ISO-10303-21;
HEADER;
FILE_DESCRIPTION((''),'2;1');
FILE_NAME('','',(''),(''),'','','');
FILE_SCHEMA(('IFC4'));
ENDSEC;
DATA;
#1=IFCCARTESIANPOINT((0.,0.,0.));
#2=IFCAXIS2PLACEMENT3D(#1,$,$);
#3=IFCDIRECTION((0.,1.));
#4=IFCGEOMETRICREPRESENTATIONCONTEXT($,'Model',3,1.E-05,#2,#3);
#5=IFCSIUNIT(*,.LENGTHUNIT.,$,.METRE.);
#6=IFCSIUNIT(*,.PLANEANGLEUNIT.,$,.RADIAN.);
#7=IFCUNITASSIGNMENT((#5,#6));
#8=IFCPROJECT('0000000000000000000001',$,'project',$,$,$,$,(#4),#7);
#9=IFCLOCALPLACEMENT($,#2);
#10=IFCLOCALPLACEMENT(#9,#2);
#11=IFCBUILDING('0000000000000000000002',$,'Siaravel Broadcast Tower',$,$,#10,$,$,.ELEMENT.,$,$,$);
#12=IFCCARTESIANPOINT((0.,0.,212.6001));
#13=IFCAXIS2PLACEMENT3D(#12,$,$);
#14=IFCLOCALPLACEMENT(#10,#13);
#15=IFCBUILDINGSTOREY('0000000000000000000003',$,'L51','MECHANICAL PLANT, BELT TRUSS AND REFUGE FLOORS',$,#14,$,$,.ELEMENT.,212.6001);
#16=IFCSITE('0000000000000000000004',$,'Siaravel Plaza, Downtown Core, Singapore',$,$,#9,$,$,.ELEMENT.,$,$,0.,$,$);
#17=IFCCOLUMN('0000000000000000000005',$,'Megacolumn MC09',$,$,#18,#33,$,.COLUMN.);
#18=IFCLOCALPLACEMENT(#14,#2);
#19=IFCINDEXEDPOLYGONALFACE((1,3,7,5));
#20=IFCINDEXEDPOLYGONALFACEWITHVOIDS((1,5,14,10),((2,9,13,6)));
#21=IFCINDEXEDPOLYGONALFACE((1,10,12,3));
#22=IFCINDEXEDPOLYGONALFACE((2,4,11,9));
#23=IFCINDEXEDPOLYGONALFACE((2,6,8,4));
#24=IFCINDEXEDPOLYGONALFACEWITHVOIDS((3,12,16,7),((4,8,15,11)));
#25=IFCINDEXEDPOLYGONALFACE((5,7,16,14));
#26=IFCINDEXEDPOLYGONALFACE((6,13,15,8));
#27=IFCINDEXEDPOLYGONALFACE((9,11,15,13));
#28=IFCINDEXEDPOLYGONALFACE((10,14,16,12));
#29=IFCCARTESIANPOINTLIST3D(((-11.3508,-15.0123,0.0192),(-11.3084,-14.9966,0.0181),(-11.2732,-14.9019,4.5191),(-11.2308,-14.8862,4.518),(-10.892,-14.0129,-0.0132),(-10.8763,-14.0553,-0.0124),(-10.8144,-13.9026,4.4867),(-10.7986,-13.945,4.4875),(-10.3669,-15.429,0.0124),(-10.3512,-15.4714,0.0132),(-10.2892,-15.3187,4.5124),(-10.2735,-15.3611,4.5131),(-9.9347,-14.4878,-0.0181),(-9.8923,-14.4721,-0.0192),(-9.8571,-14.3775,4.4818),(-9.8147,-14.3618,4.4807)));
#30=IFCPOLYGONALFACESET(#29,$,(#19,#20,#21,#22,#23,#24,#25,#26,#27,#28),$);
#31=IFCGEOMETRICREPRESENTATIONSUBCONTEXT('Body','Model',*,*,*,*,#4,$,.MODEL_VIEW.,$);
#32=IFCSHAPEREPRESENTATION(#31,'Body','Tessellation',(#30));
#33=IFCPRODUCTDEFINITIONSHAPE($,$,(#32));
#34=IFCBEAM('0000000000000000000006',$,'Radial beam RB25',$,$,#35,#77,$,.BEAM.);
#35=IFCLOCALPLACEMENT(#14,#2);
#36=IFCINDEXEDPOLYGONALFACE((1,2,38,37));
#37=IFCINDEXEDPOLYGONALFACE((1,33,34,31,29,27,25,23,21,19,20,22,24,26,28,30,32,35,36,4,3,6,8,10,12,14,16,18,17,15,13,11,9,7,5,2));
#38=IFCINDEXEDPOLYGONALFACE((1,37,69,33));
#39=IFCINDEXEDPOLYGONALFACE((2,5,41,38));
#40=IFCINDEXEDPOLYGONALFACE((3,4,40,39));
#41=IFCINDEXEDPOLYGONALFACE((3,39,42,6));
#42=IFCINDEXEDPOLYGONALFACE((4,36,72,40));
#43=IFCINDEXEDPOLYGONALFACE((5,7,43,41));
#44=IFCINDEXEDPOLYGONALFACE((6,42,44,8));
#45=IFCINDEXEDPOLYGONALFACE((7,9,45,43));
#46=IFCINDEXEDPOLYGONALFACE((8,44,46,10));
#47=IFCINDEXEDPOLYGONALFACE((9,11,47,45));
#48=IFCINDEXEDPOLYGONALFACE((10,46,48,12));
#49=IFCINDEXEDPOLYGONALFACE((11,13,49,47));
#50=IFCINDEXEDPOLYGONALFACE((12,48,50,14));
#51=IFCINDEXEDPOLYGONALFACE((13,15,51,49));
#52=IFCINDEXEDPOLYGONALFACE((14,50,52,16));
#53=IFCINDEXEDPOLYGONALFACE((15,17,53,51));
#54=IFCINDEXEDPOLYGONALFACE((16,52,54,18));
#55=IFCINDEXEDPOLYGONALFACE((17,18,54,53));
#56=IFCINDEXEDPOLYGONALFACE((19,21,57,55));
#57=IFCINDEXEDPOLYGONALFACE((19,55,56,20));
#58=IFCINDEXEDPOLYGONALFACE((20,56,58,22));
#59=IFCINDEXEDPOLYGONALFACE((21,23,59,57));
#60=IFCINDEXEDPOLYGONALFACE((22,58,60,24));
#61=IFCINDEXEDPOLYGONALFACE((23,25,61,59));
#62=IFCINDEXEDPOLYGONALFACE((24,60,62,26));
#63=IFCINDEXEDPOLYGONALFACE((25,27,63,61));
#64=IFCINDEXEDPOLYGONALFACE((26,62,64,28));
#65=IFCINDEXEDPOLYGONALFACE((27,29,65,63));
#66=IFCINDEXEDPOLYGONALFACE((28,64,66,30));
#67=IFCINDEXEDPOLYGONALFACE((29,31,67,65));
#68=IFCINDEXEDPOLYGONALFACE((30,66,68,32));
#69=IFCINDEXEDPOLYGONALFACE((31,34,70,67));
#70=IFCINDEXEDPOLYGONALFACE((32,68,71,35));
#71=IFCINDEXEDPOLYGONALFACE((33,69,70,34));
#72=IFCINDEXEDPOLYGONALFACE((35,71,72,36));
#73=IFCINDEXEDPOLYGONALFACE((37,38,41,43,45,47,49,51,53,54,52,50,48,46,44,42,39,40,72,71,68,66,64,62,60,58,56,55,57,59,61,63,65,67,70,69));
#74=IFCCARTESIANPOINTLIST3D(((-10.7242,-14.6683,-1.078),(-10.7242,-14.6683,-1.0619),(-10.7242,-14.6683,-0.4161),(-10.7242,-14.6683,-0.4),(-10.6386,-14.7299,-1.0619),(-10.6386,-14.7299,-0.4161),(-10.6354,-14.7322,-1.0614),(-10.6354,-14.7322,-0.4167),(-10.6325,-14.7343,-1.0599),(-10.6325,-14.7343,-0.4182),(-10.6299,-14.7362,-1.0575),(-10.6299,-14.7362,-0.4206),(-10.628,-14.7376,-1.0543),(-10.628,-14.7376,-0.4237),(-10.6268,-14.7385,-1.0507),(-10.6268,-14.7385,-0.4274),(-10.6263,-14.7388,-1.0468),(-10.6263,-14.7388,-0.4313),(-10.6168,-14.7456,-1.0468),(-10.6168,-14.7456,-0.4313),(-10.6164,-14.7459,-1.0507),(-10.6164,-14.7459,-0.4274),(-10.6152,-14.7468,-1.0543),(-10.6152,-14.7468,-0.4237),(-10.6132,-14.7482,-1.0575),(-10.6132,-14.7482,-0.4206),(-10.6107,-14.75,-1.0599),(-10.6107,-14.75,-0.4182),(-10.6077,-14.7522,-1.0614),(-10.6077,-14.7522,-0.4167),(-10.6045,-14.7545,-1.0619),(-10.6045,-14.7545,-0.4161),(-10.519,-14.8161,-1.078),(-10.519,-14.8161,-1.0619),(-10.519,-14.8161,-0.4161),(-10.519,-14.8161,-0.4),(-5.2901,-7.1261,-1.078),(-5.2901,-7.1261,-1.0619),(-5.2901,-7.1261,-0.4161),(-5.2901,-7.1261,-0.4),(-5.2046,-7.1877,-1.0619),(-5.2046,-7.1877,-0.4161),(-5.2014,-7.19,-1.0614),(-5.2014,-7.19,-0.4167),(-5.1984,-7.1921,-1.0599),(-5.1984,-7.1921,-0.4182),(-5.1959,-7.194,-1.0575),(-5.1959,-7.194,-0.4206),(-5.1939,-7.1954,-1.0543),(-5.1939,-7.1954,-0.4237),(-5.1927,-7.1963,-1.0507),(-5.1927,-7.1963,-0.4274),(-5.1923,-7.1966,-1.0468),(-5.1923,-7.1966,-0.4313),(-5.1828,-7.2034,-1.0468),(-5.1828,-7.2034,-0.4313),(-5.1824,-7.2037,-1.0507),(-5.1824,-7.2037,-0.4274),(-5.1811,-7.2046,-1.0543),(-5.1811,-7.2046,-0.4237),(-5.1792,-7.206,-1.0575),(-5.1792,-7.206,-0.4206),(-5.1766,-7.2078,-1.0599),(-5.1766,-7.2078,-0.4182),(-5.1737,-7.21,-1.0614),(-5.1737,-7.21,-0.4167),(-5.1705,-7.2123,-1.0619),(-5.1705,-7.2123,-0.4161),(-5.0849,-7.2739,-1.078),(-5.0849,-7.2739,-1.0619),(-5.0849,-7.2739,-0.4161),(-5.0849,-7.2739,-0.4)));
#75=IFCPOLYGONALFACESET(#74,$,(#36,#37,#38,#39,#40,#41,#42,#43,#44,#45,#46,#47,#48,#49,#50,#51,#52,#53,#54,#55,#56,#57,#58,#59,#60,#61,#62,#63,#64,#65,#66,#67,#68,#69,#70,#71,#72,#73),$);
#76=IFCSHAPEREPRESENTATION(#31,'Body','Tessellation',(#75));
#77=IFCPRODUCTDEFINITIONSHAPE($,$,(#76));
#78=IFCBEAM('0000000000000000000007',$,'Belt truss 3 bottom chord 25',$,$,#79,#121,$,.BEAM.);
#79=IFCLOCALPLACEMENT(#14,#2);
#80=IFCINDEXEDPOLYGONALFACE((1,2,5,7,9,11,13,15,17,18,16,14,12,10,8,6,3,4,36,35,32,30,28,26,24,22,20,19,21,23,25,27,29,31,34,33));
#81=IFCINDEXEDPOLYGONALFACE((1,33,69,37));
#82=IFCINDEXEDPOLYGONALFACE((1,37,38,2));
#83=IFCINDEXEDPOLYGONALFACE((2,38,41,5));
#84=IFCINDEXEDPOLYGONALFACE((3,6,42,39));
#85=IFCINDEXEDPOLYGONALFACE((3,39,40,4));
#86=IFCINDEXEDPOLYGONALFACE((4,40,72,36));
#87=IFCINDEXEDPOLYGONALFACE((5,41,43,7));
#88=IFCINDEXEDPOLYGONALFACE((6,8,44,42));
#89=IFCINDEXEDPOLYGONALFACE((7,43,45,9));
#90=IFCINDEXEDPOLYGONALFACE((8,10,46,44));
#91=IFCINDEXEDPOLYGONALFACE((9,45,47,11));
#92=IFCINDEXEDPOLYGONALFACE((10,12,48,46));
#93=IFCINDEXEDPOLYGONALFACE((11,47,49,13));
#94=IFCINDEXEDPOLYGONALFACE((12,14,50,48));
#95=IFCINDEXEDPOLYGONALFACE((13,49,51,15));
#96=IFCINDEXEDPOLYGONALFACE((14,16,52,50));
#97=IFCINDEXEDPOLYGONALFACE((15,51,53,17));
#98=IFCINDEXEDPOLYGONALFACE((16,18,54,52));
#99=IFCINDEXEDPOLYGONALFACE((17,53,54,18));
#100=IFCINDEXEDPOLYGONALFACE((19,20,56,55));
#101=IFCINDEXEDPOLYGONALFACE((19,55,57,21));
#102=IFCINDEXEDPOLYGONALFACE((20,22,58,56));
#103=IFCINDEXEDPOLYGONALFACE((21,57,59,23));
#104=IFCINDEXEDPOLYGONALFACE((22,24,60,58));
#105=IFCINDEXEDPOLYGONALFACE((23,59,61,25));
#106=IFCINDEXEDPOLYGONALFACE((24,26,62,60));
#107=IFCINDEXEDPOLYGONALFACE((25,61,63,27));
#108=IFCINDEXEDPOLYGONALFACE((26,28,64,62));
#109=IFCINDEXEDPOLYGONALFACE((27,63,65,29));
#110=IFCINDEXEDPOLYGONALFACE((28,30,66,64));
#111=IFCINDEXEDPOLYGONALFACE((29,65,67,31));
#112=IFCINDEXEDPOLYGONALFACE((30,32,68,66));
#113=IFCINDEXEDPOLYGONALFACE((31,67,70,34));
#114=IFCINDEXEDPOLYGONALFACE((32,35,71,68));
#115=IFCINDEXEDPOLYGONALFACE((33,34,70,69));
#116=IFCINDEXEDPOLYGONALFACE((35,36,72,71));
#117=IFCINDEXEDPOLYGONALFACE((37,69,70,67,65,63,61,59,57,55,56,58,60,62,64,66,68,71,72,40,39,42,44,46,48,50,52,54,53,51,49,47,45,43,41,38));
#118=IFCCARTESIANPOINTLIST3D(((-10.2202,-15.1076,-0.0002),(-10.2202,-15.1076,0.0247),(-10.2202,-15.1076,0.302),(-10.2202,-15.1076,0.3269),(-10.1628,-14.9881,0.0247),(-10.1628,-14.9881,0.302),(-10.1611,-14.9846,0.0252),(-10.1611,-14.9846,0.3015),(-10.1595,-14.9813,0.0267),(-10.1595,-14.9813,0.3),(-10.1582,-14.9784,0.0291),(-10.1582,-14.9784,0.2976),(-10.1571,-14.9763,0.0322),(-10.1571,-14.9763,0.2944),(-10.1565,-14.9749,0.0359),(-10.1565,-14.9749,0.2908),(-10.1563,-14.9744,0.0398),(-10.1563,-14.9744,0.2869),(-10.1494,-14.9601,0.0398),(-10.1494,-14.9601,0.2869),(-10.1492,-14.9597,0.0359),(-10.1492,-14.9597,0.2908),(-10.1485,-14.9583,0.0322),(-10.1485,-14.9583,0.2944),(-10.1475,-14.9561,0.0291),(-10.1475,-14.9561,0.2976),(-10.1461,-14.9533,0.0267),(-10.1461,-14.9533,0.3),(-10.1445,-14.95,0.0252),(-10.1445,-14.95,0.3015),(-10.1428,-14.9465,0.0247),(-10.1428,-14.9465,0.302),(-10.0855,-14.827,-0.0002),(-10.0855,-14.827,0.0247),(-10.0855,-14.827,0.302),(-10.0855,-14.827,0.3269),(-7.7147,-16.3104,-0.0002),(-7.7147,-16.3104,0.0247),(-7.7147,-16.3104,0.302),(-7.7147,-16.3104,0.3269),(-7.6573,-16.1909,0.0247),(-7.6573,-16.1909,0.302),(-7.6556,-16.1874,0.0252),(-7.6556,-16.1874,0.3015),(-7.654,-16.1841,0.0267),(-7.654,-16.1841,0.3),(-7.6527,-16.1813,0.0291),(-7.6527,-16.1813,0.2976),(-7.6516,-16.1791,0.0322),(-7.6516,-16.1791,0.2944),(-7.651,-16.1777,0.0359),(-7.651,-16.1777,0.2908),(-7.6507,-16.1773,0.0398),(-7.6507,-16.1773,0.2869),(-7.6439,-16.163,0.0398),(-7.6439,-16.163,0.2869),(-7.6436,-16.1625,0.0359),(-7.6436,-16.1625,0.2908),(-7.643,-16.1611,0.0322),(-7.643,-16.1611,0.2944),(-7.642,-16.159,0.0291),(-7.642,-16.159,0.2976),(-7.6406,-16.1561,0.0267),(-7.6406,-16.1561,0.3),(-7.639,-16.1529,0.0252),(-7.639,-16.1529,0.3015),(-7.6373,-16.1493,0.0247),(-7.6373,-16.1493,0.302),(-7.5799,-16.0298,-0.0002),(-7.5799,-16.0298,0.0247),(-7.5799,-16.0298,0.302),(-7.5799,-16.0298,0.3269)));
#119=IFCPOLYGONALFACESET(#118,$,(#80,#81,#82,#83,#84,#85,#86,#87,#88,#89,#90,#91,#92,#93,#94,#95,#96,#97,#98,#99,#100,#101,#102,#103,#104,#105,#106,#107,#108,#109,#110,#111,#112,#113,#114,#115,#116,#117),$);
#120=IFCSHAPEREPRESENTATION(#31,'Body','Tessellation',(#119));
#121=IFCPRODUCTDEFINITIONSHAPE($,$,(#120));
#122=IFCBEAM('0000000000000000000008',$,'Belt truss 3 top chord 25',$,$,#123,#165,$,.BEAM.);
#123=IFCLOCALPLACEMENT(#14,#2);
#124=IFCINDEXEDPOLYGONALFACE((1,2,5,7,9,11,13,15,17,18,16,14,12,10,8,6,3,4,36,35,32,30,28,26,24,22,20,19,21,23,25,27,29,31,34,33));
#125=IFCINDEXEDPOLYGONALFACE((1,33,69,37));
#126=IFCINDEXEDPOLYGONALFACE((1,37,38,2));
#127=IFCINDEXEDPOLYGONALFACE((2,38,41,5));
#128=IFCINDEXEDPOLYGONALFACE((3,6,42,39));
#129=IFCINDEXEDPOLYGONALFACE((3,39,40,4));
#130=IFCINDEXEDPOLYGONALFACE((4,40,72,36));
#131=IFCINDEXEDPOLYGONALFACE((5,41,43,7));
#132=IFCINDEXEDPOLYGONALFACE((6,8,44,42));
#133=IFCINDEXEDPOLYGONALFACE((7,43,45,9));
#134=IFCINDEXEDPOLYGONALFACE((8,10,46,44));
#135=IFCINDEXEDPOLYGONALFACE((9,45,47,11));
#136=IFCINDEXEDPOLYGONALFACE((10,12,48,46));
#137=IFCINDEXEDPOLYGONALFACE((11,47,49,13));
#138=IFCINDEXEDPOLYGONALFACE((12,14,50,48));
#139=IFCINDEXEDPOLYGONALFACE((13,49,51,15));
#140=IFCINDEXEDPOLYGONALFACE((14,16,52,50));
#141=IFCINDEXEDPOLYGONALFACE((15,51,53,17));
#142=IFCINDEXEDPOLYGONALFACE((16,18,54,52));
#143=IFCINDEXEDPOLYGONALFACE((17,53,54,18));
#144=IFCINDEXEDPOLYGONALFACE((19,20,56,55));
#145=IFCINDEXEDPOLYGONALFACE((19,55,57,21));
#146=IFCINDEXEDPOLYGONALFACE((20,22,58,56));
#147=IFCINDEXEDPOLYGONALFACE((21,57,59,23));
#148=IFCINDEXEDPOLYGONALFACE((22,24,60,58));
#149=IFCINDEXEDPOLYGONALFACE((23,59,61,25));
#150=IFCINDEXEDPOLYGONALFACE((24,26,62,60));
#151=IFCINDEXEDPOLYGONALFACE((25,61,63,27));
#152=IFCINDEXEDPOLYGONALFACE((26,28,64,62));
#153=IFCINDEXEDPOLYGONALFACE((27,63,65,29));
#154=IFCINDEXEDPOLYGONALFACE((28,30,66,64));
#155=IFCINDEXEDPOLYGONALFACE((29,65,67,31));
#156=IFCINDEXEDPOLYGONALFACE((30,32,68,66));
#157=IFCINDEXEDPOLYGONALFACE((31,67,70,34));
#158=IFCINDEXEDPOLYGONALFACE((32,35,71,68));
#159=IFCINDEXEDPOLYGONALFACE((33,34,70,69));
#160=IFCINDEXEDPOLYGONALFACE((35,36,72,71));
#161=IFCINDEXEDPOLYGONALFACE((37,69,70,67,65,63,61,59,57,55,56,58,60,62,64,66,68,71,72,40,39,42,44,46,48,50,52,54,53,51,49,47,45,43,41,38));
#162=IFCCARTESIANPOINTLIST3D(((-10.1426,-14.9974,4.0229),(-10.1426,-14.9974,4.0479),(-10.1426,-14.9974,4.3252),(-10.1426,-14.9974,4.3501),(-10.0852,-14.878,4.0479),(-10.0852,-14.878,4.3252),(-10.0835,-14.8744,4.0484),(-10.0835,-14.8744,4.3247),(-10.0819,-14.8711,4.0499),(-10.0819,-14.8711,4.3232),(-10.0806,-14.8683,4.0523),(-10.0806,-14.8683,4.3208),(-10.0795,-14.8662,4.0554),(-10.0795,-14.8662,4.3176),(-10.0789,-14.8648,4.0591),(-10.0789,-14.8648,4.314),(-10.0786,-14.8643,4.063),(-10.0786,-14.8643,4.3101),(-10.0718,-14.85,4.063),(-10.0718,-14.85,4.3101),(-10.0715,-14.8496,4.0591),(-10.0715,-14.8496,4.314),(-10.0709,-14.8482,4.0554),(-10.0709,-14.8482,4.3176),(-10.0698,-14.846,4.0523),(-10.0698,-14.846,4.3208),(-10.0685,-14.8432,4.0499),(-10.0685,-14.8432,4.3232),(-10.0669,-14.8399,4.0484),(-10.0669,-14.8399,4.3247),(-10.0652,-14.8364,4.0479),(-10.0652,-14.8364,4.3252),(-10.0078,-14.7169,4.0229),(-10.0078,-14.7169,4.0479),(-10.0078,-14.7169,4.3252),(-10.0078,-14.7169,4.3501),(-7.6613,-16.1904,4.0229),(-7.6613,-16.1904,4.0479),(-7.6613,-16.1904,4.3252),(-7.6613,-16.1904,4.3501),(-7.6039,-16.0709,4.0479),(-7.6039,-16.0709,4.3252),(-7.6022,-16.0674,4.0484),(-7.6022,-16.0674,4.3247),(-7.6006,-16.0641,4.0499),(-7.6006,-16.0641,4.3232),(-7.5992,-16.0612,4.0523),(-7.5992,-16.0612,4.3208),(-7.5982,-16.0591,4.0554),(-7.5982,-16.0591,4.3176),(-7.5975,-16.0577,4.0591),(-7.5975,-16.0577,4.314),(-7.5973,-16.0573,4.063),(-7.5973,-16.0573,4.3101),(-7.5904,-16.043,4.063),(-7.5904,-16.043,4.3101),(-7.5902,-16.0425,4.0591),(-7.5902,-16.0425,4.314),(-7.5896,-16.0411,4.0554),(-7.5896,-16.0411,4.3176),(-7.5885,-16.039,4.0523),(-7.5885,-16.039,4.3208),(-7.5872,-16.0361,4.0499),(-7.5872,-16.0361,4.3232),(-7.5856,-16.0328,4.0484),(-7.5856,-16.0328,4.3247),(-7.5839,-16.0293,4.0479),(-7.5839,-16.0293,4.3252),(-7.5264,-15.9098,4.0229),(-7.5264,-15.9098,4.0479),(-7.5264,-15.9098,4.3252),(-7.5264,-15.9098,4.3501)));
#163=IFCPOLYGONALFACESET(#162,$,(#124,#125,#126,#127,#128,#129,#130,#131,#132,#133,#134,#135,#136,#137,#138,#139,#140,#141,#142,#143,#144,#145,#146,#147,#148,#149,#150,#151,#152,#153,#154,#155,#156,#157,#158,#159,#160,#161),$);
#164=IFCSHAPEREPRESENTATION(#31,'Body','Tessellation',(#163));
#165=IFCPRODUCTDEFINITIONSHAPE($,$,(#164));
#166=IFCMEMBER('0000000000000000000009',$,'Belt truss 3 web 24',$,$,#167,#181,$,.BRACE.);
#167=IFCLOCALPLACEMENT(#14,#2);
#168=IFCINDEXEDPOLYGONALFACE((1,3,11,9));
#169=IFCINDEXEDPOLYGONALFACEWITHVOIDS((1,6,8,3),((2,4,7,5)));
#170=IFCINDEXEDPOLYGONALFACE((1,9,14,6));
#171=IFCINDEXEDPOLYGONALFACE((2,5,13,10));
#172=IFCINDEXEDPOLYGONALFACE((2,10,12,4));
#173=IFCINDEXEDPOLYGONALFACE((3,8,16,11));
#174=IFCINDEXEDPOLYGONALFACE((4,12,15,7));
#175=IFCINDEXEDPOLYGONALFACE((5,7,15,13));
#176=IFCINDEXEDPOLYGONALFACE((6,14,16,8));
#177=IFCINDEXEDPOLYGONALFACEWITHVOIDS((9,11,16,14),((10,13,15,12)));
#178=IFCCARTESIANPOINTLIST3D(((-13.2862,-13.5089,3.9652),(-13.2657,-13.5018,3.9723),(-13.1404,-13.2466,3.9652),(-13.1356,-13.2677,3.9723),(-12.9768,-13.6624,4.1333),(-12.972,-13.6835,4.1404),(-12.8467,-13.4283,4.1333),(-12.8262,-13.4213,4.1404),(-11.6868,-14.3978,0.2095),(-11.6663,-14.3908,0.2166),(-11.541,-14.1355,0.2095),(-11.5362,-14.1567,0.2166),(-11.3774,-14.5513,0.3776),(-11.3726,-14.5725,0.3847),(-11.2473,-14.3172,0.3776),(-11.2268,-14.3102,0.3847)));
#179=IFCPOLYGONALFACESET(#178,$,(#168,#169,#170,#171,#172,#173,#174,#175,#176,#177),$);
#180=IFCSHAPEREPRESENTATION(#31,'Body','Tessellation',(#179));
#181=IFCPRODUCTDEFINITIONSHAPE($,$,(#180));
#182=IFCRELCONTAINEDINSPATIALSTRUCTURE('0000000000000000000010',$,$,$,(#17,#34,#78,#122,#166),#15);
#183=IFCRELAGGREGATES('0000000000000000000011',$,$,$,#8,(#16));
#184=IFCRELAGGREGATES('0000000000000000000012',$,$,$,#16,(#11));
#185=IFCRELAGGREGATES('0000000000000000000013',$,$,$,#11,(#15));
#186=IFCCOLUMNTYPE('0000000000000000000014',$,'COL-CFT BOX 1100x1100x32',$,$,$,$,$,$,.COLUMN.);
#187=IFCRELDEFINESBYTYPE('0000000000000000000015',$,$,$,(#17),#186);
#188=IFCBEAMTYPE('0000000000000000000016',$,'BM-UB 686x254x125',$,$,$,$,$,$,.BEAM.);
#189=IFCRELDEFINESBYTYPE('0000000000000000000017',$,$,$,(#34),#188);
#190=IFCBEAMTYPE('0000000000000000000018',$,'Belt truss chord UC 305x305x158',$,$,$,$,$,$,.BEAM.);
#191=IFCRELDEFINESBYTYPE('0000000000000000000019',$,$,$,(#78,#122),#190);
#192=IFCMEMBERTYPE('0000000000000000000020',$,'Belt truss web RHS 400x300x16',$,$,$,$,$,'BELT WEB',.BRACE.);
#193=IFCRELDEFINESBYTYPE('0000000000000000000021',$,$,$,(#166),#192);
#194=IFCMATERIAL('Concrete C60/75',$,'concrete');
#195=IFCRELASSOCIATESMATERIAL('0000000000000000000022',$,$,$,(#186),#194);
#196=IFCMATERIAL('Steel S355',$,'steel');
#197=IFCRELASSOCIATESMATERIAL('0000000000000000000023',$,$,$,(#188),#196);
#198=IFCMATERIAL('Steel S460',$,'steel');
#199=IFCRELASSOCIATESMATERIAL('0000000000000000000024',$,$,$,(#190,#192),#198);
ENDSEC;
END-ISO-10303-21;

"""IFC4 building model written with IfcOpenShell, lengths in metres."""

from ifc_helpers import new_model, si_unit, direction, frame, origin, origin_2d, place, context, subcontext, project, spatial, hollow_rectangle, i_section, extrude, material, material_profile, profile_set, type_object, element, save


model = new_model("IFC4")

# Units and contexts
model_context = context("Model", 3, precision=1e-05, world=origin(), true_north=direction((0.0, 1.0)))
body_context = subcontext(model_context, "Body", "Model", "MODEL_VIEW")
ifc_project = project(units=[si_unit("LENGTHUNIT", "METRE"), si_unit("PLANEANGLEUNIT", "RADIAN")], contexts=[model_context])

# Site, building, storey
site_placement = place(None, origin())
site = spatial("IfcSite", under=ifc_project, at=site_placement, Name="Siaravel Plaza, Downtown Core, Singapore", CompositionType="ELEMENT", RefElevation=0.0)
building_placement = place(site_placement, origin())
building = spatial("IfcBuilding", under=site, at=building_placement, Name="Siaravel Broadcast Tower", CompositionType="ELEMENT")
storey_placement = place(building_placement, frame((0.0, 0.0, 212.6001)))
storey = spatial("IfcBuildingStorey", under=building, at=storey_placement, Name="L51", Description="MECHANICAL PLANT, BELT TRUSS AND REFUGE FLOORS", CompositionType="ELEMENT", Elevation=212.6001)

# Column
ifc_material_1 = material(Name="Concrete C60/75", Category="concrete")
ifc_material_profile_1 = material_profile(ifc_material_1, hollow_rectangle(XDim=1.1001, YDim=1.1001, WallThickness=0.032, at=origin_2d()))
ifc_profile_set_1 = profile_set([ifc_material_profile_1], Name="Concrete C60/75")
column_type = type_object("IfcColumnType", Name="COL-CFT BOX 1100x1100x32", PredefinedType="COLUMN", material=ifc_profile_set_1)
column_placement = place(storey_placement, frame((-10.6216, -14.7422, 0.0), z_axis=(0.017245, 0.024512, 0.999551), x_axis=(-0.90871, 0.417393, 0.005442)))
element("IfcColumn", 1, at=column_placement, inside=storey, type_object=column_type, Name="Megacolumn MC09", PredefinedType="COLUMN", context=body_context, shape_type="SweptSolid", body=[
    extrude(hollow_rectangle(XDim=1.1001, YDim=1.1001, WallThickness=0.032, at=origin_2d()), origin(), (0.0, 0.0, 1.0), 4.502),
])

# Beams
ifc_material_2 = material(Name="Steel S355", Category="steel")
ifc_material_profile_2 = material_profile(ifc_material_2, i_section(OverallWidth=0.2529, OverallDepth=0.678, WebThickness=0.0117, FlangeThickness=0.0161, FilletRadius=0.0151, at=origin_2d()))
ifc_profile_set_2 = profile_set([ifc_material_profile_2], Name="Steel S355")
beam_type_1 = type_object("IfcBeamType", Name="BM-UB 686x254x125", PredefinedType="BEAM", material=ifc_profile_set_2)
beam_1_placement = place(storey_placement, frame((-10.6216, -14.7422, -0.739), z_axis=(0.584565, 0.811347, 0.0), x_axis=(-0.811347, 0.584565, 0.0)))
element("IfcBeam", 2, at=beam_1_placement, inside=storey, type_object=beam_type_1, Name="Radial beam RB25", PredefinedType="BEAM", context=body_context, shape_type="SweptSolid", body=[
    extrude(i_section(OverallWidth=0.2529, OverallDepth=0.678, WebThickness=0.0117, FlangeThickness=0.0161, FilletRadius=0.0151, at=origin_2d()), origin(), (0.0, 0.0, 1.0), 9.2959),
])
ifc_material_3 = material(Name="Steel S460", Category="steel")
ifc_material_profile_3 = material_profile(ifc_material_3, i_section(OverallWidth=0.3113, OverallDepth=0.3271, WebThickness=0.0159, FlangeThickness=0.0249, FilletRadius=0.0151, at=origin_2d()))
ifc_profile_set_3 = profile_set([ifc_material_profile_3], Name="Steel S460")
beam_type_2 = type_object("IfcBeamType", Name="Belt truss chord UC 305x305x158", PredefinedType="BEAM", material=ifc_profile_set_3)
beam_2_placement = place(storey_placement, frame((-10.1528, -14.9673, 0.1633), z_axis=(0.901497, -0.432785, 0.0), x_axis=(0.432785, 0.901497, 0.0)))
element("IfcBeam", 3, at=beam_2_placement, inside=storey, type_object=beam_type_2, Name="Belt truss 3 bottom chord 25", PredefinedType="BEAM", context=body_context, shape_type="SweptSolid", body=[
    extrude(i_section(OverallWidth=0.3113, OverallDepth=0.3271, WebThickness=0.0159, FlangeThickness=0.0249, FilletRadius=0.0151, at=origin_2d()), origin(), (0.0, 0.0, 1.0), 2.7793),
])
beam_3_placement = place(storey_placement, frame((-10.0752, -14.8572, 4.1865), z_axis=(0.901254, -0.43329, 0.0), x_axis=(0.43329, 0.901254, 0.0)))
element("IfcBeam", 4, at=beam_3_placement, inside=storey, type_object=beam_type_2, Name="Belt truss 3 top chord 25", PredefinedType="BEAM", context=body_context, shape_type="SweptSolid", body=[
    extrude(i_section(OverallWidth=0.3113, OverallDepth=0.3271, WebThickness=0.0159, FlangeThickness=0.0249, FilletRadius=0.0151, at=origin_2d()), origin(), (0.0, 0.0, 1.0), 2.7532),
])

# Member
ifc_material_profile_4 = material_profile(ifc_material_3, hollow_rectangle(XDim=0.3, YDim=0.3999, WallThickness=0.0161, at=origin_2d()))
ifc_profile_set_4 = profile_set([ifc_material_profile_4], Name="Steel S460")
member_type = type_object("IfcMemberType", Name="Belt truss web RHS 400x300x16", ElementType="BELT WEB", PredefinedType="BRACE", material=ifc_profile_set_4)
member_placement = place(storey_placement, frame((-11.4568, -14.354, 0.2971), z_axis=(-0.382838, 0.212779, 0.898977), x_axis=(-0.485802, -0.874069, 0.0)))
element("IfcMember", 5, at=member_placement, inside=storey, type_object=member_type, Name="Belt truss 3 web 24", PredefinedType="BRACE", context=body_context, shape_type="SweptSolid", body=[
    extrude(hollow_rectangle(XDim=0.3, YDim=0.3999, WallThickness=0.0161, at=origin_2d()), origin(), (0.0, 0.0, 1.0), 4.1777),
])

save(model, "model.ifc")
